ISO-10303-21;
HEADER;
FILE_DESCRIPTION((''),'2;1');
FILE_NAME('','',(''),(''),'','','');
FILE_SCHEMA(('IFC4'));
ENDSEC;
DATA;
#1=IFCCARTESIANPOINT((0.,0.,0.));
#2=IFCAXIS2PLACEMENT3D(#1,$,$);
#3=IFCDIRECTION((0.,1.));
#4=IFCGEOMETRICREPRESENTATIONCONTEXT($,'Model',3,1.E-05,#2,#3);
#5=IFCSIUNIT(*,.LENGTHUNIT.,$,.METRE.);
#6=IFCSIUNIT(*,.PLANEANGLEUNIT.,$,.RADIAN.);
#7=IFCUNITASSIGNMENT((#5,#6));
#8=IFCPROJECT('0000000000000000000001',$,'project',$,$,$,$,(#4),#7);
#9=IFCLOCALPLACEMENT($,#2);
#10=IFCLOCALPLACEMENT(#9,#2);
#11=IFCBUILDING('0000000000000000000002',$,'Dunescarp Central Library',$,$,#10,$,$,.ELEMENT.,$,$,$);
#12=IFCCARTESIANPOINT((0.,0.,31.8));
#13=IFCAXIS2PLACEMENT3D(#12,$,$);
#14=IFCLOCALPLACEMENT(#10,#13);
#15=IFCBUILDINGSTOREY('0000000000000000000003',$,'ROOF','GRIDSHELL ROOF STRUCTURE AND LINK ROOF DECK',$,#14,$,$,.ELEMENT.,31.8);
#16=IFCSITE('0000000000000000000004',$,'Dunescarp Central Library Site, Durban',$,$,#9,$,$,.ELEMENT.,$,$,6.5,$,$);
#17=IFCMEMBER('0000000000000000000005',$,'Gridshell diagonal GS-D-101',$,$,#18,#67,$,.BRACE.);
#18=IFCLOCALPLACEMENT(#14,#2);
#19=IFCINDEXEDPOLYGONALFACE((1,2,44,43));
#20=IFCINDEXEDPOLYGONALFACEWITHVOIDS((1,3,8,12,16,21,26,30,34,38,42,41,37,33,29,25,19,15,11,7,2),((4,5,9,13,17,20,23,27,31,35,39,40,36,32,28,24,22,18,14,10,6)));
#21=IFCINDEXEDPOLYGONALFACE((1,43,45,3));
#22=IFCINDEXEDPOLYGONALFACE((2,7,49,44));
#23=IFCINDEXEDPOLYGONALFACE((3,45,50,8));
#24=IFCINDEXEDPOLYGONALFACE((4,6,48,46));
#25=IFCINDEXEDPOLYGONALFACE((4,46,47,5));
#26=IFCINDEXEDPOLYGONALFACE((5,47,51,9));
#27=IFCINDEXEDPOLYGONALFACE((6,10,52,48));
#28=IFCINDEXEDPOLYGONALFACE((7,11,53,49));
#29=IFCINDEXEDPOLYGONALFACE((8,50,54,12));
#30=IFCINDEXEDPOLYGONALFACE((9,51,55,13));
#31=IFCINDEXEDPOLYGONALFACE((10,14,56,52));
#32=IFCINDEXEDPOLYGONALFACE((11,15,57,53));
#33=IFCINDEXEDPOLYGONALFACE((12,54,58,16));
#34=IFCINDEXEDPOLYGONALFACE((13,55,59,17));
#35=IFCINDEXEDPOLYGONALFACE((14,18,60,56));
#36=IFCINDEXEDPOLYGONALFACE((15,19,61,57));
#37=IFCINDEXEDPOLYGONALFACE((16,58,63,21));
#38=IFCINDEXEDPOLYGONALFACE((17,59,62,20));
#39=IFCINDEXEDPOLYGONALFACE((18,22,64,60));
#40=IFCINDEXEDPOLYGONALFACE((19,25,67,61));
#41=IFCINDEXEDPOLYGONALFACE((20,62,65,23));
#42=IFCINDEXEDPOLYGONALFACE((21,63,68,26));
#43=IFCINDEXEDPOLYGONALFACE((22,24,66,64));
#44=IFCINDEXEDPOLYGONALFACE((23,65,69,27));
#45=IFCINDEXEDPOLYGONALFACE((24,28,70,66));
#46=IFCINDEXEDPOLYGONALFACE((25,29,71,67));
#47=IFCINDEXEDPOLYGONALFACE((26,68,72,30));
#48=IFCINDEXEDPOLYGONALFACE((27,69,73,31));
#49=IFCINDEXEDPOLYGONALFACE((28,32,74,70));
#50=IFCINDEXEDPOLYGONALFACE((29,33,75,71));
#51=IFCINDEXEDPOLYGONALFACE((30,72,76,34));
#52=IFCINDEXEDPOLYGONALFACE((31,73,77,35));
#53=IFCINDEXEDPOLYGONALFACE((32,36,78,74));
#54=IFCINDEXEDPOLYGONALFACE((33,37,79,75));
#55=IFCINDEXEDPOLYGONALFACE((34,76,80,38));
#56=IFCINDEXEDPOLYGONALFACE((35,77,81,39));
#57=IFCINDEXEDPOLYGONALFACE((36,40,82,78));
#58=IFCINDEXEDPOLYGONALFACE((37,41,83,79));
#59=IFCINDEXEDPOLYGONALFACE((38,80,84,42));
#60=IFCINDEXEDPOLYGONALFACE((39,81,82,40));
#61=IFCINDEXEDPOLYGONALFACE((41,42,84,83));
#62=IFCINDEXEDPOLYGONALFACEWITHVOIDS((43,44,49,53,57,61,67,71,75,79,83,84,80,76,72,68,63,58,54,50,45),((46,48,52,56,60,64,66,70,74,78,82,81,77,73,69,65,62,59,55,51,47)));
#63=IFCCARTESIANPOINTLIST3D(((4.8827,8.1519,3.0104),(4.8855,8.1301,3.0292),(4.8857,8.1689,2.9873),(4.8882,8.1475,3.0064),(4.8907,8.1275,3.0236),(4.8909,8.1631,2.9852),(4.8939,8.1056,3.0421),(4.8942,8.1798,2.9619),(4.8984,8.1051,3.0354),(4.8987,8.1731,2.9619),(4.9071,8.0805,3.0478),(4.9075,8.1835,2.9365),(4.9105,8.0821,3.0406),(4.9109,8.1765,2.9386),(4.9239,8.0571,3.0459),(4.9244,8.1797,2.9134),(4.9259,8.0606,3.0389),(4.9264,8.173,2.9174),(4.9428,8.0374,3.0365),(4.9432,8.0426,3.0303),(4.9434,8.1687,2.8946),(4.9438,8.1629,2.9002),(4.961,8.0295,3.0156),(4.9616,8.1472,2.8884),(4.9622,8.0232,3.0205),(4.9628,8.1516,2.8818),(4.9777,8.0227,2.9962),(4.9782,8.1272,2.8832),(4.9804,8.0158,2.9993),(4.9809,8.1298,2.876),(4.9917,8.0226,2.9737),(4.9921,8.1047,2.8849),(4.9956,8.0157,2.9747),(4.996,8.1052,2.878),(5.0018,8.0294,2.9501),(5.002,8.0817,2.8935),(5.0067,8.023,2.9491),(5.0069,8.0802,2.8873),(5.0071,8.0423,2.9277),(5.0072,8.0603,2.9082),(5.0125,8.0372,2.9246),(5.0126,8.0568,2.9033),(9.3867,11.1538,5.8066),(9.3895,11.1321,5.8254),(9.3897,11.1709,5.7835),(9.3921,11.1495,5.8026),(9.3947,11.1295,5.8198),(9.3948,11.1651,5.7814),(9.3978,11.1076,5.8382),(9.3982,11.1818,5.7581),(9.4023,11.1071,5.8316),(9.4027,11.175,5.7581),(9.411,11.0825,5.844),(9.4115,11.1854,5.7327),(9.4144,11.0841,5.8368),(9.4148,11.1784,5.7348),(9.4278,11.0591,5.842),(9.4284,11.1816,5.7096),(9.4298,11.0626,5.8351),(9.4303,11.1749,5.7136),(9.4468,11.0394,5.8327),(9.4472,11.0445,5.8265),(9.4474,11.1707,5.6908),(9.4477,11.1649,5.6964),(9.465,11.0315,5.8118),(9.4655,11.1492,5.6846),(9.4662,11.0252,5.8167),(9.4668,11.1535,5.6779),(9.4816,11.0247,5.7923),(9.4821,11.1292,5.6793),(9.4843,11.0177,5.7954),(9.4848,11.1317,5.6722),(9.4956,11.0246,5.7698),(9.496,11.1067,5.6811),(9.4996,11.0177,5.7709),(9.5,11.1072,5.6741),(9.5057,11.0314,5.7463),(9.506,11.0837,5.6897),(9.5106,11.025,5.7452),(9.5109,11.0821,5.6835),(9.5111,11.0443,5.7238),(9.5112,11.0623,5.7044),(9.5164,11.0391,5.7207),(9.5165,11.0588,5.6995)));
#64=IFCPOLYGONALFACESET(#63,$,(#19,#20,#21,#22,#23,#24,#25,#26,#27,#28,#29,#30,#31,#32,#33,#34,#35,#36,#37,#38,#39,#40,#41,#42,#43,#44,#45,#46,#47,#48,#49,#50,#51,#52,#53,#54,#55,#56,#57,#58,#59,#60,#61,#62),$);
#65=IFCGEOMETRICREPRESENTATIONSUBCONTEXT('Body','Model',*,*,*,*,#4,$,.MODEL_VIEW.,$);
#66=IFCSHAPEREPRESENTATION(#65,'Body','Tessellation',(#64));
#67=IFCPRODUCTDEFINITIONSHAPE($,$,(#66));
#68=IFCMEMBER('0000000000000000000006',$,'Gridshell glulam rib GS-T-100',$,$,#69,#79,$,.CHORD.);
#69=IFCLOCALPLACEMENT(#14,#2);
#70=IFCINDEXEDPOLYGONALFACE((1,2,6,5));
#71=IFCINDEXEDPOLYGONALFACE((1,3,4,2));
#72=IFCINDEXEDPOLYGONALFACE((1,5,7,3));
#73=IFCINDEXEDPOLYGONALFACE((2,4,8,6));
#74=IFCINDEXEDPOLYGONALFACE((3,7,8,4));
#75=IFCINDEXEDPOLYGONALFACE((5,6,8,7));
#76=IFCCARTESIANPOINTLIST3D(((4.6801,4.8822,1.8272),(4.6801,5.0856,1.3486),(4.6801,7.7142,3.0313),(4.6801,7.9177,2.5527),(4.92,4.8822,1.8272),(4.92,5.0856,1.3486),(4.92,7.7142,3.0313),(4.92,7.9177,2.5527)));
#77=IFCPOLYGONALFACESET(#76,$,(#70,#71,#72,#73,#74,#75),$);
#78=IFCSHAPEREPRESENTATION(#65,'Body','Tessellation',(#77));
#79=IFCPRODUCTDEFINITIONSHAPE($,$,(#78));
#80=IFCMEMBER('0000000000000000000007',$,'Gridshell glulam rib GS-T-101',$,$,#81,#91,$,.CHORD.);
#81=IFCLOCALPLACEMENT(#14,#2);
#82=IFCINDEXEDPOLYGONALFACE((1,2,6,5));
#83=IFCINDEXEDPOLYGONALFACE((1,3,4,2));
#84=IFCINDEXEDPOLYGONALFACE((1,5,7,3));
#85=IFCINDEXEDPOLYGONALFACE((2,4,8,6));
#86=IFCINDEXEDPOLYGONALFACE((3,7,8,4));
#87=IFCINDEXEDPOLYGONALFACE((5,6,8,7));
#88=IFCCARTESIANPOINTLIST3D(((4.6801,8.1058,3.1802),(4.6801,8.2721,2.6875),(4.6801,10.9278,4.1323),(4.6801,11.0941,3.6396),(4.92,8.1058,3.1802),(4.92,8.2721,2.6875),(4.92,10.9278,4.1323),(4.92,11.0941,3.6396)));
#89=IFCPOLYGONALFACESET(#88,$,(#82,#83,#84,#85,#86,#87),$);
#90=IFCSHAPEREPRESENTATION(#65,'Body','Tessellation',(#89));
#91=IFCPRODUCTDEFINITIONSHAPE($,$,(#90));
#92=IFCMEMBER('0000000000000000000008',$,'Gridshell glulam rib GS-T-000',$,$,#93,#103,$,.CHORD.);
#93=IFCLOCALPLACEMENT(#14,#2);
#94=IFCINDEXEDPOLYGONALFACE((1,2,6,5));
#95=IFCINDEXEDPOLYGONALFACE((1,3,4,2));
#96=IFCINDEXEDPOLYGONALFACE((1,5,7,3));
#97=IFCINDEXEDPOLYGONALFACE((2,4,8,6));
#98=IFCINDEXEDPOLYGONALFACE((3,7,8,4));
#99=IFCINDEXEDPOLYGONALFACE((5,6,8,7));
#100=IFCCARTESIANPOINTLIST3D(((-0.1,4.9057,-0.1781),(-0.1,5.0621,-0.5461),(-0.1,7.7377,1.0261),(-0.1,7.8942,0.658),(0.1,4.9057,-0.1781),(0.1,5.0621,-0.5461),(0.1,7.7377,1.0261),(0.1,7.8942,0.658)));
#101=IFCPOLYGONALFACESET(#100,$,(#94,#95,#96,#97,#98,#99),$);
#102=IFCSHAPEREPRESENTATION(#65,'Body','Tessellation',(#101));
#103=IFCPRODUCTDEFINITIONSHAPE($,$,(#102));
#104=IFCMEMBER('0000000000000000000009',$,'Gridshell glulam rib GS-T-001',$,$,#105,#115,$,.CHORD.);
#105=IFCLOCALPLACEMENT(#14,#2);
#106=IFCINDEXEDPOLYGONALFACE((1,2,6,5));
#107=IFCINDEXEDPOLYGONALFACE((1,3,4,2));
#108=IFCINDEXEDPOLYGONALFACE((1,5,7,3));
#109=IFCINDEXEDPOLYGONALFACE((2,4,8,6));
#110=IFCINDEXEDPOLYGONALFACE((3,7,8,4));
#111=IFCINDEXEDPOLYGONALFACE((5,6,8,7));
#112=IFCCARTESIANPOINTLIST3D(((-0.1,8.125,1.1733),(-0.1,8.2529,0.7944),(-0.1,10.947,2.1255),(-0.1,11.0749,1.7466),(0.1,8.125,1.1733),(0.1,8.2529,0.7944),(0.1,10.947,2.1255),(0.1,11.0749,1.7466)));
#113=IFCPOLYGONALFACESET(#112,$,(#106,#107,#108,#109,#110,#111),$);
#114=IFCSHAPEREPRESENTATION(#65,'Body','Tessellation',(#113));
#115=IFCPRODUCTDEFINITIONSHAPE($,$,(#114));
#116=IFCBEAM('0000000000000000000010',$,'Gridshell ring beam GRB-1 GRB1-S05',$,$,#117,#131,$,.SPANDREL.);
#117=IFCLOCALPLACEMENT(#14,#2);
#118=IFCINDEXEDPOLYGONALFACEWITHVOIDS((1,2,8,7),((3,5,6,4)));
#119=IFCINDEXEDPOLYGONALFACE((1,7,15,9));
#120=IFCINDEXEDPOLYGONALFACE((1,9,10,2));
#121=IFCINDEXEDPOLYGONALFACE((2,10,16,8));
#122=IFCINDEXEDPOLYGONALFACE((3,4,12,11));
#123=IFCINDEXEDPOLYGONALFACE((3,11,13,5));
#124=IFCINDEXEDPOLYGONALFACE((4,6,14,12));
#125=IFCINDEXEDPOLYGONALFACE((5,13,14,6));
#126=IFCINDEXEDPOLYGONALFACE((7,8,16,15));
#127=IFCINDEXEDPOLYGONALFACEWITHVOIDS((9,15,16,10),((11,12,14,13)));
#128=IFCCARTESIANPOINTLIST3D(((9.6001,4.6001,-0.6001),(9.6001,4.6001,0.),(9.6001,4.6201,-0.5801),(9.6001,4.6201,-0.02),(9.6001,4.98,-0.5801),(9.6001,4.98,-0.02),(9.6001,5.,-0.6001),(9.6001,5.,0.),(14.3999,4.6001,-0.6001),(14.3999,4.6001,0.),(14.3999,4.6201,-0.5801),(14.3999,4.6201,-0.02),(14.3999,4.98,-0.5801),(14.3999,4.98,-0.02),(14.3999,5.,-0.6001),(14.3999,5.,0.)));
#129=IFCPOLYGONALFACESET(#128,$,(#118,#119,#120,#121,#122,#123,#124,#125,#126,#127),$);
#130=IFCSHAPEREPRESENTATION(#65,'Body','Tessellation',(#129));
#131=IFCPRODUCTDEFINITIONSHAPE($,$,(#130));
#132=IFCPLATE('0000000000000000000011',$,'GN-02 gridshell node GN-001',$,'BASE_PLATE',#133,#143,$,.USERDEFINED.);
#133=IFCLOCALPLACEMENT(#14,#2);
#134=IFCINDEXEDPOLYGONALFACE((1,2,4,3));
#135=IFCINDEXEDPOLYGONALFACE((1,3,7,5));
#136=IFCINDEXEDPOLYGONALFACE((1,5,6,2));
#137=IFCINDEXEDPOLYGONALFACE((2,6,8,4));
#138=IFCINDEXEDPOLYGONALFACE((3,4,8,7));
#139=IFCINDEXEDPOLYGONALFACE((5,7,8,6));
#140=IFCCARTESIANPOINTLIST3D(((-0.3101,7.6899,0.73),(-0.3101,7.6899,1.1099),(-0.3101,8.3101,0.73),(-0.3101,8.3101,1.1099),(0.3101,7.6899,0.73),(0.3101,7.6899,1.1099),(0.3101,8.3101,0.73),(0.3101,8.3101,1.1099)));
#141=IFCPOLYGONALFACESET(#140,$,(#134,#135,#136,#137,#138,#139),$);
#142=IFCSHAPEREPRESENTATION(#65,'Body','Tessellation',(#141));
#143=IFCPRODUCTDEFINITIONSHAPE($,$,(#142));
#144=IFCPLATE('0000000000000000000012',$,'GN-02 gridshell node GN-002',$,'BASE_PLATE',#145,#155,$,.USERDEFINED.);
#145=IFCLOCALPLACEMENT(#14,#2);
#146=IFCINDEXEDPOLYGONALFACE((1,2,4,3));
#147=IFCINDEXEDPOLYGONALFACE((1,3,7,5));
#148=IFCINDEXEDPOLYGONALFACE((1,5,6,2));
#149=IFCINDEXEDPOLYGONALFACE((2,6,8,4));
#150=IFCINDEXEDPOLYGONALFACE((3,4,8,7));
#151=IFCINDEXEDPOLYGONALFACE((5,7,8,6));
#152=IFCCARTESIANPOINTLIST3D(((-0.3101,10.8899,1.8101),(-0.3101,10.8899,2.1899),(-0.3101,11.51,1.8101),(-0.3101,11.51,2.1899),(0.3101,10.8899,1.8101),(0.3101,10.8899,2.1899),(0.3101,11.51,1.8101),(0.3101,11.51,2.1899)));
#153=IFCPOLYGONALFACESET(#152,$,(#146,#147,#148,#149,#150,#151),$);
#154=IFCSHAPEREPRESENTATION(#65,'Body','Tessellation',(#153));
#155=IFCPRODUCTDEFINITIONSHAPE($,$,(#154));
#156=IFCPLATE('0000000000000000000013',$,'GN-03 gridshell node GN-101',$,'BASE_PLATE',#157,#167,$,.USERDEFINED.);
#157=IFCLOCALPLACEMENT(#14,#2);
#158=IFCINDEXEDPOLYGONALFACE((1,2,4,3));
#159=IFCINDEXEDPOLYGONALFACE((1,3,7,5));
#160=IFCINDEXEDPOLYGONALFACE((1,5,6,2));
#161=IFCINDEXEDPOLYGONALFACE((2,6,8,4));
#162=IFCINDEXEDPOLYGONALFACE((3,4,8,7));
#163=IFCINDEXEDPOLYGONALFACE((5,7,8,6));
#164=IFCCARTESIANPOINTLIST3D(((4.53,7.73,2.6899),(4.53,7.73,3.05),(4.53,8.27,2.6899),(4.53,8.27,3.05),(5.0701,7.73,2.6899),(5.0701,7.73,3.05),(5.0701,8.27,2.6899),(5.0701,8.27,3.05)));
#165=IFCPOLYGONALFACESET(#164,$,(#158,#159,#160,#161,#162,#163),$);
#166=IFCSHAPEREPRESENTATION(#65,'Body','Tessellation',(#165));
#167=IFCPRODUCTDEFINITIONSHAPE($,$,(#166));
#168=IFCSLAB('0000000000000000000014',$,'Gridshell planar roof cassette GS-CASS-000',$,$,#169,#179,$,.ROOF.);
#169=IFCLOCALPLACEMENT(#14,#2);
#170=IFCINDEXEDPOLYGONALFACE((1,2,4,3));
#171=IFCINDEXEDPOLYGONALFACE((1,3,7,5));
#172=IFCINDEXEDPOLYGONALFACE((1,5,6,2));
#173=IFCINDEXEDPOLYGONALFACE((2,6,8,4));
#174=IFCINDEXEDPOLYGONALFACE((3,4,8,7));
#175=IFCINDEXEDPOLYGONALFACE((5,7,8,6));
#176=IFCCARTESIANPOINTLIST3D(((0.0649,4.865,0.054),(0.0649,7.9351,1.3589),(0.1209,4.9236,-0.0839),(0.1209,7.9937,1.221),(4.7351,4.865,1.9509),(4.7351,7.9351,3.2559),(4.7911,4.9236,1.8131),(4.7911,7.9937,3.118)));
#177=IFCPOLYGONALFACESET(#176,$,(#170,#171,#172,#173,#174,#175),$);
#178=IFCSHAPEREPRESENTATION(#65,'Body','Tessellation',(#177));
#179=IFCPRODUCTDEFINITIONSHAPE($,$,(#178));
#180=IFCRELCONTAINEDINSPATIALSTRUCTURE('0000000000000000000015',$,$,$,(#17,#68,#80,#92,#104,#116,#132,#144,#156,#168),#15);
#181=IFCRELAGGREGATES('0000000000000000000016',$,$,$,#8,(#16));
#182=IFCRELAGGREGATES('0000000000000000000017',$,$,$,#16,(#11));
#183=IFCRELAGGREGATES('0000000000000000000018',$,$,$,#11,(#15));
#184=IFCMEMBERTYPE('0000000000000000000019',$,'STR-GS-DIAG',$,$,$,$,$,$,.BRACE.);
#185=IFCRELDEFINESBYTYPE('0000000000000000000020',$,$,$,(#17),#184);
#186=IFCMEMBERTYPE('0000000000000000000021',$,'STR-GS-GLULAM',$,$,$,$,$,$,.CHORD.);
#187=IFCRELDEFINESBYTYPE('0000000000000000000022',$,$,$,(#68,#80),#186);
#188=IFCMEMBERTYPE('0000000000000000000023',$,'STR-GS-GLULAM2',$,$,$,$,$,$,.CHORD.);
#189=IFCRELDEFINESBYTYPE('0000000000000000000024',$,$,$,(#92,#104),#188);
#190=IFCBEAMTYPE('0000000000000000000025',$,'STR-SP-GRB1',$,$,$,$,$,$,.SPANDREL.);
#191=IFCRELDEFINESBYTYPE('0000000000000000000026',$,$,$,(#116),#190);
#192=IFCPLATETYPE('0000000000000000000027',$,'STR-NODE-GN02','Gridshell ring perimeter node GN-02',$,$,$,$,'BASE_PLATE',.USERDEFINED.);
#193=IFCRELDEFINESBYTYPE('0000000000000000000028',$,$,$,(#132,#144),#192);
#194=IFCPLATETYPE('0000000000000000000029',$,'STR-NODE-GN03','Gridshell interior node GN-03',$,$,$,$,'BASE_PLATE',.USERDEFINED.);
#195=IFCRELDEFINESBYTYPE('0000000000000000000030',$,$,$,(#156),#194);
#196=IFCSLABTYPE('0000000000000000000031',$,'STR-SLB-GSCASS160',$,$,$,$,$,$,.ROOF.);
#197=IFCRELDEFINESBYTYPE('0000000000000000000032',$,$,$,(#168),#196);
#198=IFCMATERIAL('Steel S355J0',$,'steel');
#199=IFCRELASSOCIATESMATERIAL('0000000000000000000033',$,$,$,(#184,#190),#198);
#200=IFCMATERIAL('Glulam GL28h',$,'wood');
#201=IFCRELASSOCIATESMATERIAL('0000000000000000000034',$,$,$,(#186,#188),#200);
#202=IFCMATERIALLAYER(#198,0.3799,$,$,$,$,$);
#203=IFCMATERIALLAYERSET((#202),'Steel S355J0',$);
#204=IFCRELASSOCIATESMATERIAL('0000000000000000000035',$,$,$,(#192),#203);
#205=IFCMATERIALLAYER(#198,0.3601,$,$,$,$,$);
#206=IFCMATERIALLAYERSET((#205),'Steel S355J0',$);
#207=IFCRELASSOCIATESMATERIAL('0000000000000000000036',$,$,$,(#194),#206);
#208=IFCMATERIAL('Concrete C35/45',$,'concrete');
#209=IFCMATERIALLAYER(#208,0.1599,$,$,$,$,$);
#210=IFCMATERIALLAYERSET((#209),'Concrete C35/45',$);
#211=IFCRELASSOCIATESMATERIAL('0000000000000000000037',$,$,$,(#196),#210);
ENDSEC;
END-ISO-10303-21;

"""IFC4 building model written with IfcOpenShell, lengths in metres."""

from ifc_helpers import new_model, si_unit, direction, frame, origin, origin_2d, place, context, subcontext, project, spatial, polyline, rectangle, hollow_rectangle, hollow_circle, outline, extrude, material, layer, layer_set, material_profile, profile_set, type_object, element, save


model = new_model("IFC4")

# Units and contexts
model_context = context("Model", 3, precision=1e-05, world=origin(), true_north=direction((0.0, 1.0)))
body_context = subcontext(model_context, "Body", "Model", "MODEL_VIEW")
ifc_project = project(units=[si_unit("LENGTHUNIT", "METRE"), si_unit("PLANEANGLEUNIT", "RADIAN")], contexts=[model_context])

# Site, building, storey
site_placement = place(None, origin())
site = spatial("IfcSite", under=ifc_project, at=site_placement, Name="Dunescarp Central Library Site, Durban", CompositionType="ELEMENT", RefElevation=6.5)
building_placement = place(site_placement, origin())
building = spatial("IfcBuilding", under=site, at=building_placement, Name="Dunescarp Central Library", CompositionType="ELEMENT")
storey_placement = place(building_placement, frame((0.0, 0.0, 31.8)))
storey = spatial("IfcBuildingStorey", under=building, at=storey_placement, Name="ROOF", Description="GRIDSHELL ROOF STRUCTURE AND LINK ROOF DECK", CompositionType="ELEMENT", Elevation=31.8)

# Members
ifc_material_1 = material(Name="Steel S355J0", Category="steel")
ifc_material_profile_1 = material_profile(ifc_material_1, hollow_circle(Radius=0.0969, WallThickness=0.0081, at=origin_2d()), Name="CHS 193.7x8")
ifc_profile_set_1 = profile_set([ifc_material_profile_1], Name="Steel S355J0")
member_type_1 = type_object("IfcMemberType", Name="STR-GS-DIAG", PredefinedType="BRACE", material=ifc_profile_set_1)
member_1_placement = place(storey_placement, frame((4.948, 8.0991, 2.9619), z_axis=(0.739287, 0.492751, 0.458968), x_axis=(-0.554617, 0.832106, 0.0)))
element("IfcMember", 1, at=member_1_placement, inside=storey, type_object=member_type_1, Name="Gridshell diagonal GS-D-101", PredefinedType="BRACE", context=body_context, shape_type="SweptSolid", body=[
    extrude(hollow_circle(Radius=0.0969, WallThickness=0.0081, at=origin_2d()), origin(), (0.0, 0.0, 1.0), 6.0923),
])
ifc_material_2 = material(Name="Glulam GL28h", Category="wood")
ifc_material_profile_2 = material_profile(ifc_material_2, rectangle(XDim=0.24, YDim=0.52, at=origin_2d()), Name="GL28h 240x520")
ifc_profile_set_2 = profile_set([ifc_material_profile_2], Name="Glulam GL28h")
member_type_2 = type_object("IfcMemberType", Name="STR-GS-GLULAM", PredefinedType="CHORD", material=ifc_profile_set_2)
member_2_placement = place(storey_placement, frame((4.8, 4.9839, 1.5879), z_axis=(0.0, 0.920274, 0.391275), x_axis=(-1.0, 0.0, 0.0)))
element("IfcMember", 2, at=member_2_placement, inside=storey, type_object=member_type_2, Name="Gridshell glulam rib GS-T-100", PredefinedType="CHORD", context=body_context, shape_type="SweptSolid", body=[
    extrude(rectangle(XDim=0.24, YDim=0.52, at=origin_2d()), origin(), (0.0, 0.0, 1.0), 3.0774),
])
member_3_placement = place(storey_placement, frame((4.8, 8.189, 2.9338), z_axis=(0.0, 0.947521, 0.319693), x_axis=(-1.0, 0.0, 0.0)))
element("IfcMember", 3, at=member_3_placement, inside=storey, type_object=member_type_2, Name="Gridshell glulam rib GS-T-101", PredefinedType="CHORD", context=body_context, shape_type="SweptSolid", body=[
    extrude(rectangle(XDim=0.24, YDim=0.52, at=origin_2d()), origin(), (0.0, 0.0, 1.0), 2.9783),
])
ifc_material_profile_3 = material_profile(ifc_material_2, rectangle(XDim=0.2, YDim=0.3999, at=origin_2d()), Name="GL28h 200x400")
ifc_profile_set_3 = profile_set([ifc_material_profile_3], Name="Glulam GL28h")
member_type_3 = type_object("IfcMemberType", Name="STR-GS-GLULAM2", PredefinedType="CHORD", material=ifc_profile_set_3)
member_4_placement = place(storey_placement, frame((0.0, 4.9839, -0.3621), z_axis=(0.0, 0.920274, 0.391275), x_axis=(-1.0, 0.0, 0.0)))
element("IfcMember", 4, at=member_4_placement, inside=storey, type_object=member_type_3, Name="Gridshell glulam rib GS-T-000", PredefinedType="CHORD", context=body_context, shape_type="SweptSolid", body=[
    extrude(rectangle(XDim=0.2, YDim=0.3999, at=origin_2d()), origin(), (0.0, 0.0, 1.0), 3.0774),
])
member_5_placement = place(storey_placement, frame((0.0, 8.189, 0.9839), z_axis=(0.0, 0.947521, 0.319693), x_axis=(-1.0, 0.0, 0.0)))
element("IfcMember", 5, at=member_5_placement, inside=storey, type_object=member_type_3, Name="Gridshell glulam rib GS-T-001", PredefinedType="CHORD", context=body_context, shape_type="SweptSolid", body=[
    extrude(rectangle(XDim=0.2, YDim=0.3999, at=origin_2d()), origin(), (0.0, 0.0, 1.0), 2.9783),
])

# Beam
ifc_material_profile_4 = material_profile(ifc_material_1, hollow_rectangle(XDim=0.3999, YDim=0.6001, WallThickness=0.02, at=origin_2d()), Name="RHS 600x400x20")
ifc_profile_set_4 = profile_set([ifc_material_profile_4], Name="Steel S355J0")
beam_type = type_object("IfcBeamType", Name="STR-SP-GRB1", PredefinedType="SPANDREL", material=ifc_profile_set_4)
beam_placement = place(storey_placement, frame((9.6001, 4.8, -0.3), z_axis=(1.0, 0.0, 0.0), x_axis=(0.0, 1.0, 0.0)))
element("IfcBeam", 6, at=beam_placement, inside=storey, type_object=beam_type, Name="Gridshell ring beam GRB-1 GRB1-S05", PredefinedType="SPANDREL", context=body_context, shape_type="SweptSolid", body=[
    extrude(hollow_rectangle(XDim=0.3999, YDim=0.6001, WallThickness=0.02, at=origin_2d()), origin(), (0.0, 0.0, 1.0), 4.7998),
])

# Plates
ifc_layer_1 = layer(ifc_material_1, 0.3799)
ifc_layer_set_1 = layer_set([ifc_layer_1], Name="Steel S355J0")
plate_type_1 = type_object("IfcPlateType", Name="STR-NODE-GN02", Description="Gridshell ring perimeter node GN-02", ElementType="BASE_PLATE", PredefinedType="USERDEFINED", material=ifc_layer_set_1)
for number, where, z_axis, x_axis, name in (
    (7, (0.0, 8.0, 0.73), (0.0, 0.0, 1.0), (1.0, 0.0, 0.0), "GN-02 gridshell node GN-001"),
    (8, (0.0, 11.2, 1.8101), (0.0, 0.0, 1.0), (1.0, 0.0, 0.0), "GN-02 gridshell node GN-002"),
):
    element("IfcPlate", number, at=place(storey_placement, frame(where, z_axis=z_axis, x_axis=x_axis)), inside=storey, type_object=plate_type_1, Name=name, ObjectType="BASE_PLATE", PredefinedType="USERDEFINED", context=body_context, shape_type="SweptSolid", body=[
        extrude(rectangle(XDim=0.6201, YDim=0.6201, at=origin_2d()), origin(), (0.0, 0.0, 1.0), 0.3799),
    ])
ifc_layer_2 = layer(ifc_material_1, 0.3601)
ifc_layer_set_2 = layer_set([ifc_layer_2], Name="Steel S355J0")
plate_type_2 = type_object("IfcPlateType", Name="STR-NODE-GN03", Description="Gridshell interior node GN-03", ElementType="BASE_PLATE", PredefinedType="USERDEFINED", material=ifc_layer_set_2)
plate_placement = place(storey_placement, frame((4.8, 8.0, 2.6899), z_axis=(0.0, 0.0, 1.0), x_axis=(1.0, 0.0, 0.0)))
element("IfcPlate", 9, at=plate_placement, inside=storey, type_object=plate_type_2, Name="GN-03 gridshell node GN-101", ObjectType="BASE_PLATE", PredefinedType="USERDEFINED", context=body_context, shape_type="SweptSolid", body=[
    extrude(rectangle(XDim=0.54, YDim=0.54, at=origin_2d()), origin(), (0.0, 0.0, 1.0), 0.3601),
])

# Slab
ifc_material_3 = material(Name="Concrete C35/45", Category="concrete")
ifc_layer_3 = layer(ifc_material_3, 0.1599)
ifc_layer_set_3 = layer_set([ifc_layer_3], Name="Concrete C35/45")
slab_type = type_object("IfcSlabType", Name="STR-SLB-GSCASS160", PredefinedType="ROOF", material=ifc_layer_set_3)
slab_1_placement = place(storey_placement, frame((0.0649, 4.865, 0.054), z_axis=(-0.350156, -0.366414, 0.862051), x_axis=(0.926486, 0.0, 0.376329)))
element("IfcSlab", 10, at=slab_1_placement, inside=storey, type_object=slab_type, Name="Gridshell planar roof cassette GS-CASS-000", PredefinedType="ROOF", context=body_context, shape_type="SweptSolid", body=[
    extrude(outline(polyline([(0.0, 0.0), (5.0407, 0.0), (5.5318, 3.2995), (0.4911, 3.2995), (0.0, 0.0)])), origin(), (0.0, 0.0, -1.0), 0.1599),
])

save(model, "model.ifc")
